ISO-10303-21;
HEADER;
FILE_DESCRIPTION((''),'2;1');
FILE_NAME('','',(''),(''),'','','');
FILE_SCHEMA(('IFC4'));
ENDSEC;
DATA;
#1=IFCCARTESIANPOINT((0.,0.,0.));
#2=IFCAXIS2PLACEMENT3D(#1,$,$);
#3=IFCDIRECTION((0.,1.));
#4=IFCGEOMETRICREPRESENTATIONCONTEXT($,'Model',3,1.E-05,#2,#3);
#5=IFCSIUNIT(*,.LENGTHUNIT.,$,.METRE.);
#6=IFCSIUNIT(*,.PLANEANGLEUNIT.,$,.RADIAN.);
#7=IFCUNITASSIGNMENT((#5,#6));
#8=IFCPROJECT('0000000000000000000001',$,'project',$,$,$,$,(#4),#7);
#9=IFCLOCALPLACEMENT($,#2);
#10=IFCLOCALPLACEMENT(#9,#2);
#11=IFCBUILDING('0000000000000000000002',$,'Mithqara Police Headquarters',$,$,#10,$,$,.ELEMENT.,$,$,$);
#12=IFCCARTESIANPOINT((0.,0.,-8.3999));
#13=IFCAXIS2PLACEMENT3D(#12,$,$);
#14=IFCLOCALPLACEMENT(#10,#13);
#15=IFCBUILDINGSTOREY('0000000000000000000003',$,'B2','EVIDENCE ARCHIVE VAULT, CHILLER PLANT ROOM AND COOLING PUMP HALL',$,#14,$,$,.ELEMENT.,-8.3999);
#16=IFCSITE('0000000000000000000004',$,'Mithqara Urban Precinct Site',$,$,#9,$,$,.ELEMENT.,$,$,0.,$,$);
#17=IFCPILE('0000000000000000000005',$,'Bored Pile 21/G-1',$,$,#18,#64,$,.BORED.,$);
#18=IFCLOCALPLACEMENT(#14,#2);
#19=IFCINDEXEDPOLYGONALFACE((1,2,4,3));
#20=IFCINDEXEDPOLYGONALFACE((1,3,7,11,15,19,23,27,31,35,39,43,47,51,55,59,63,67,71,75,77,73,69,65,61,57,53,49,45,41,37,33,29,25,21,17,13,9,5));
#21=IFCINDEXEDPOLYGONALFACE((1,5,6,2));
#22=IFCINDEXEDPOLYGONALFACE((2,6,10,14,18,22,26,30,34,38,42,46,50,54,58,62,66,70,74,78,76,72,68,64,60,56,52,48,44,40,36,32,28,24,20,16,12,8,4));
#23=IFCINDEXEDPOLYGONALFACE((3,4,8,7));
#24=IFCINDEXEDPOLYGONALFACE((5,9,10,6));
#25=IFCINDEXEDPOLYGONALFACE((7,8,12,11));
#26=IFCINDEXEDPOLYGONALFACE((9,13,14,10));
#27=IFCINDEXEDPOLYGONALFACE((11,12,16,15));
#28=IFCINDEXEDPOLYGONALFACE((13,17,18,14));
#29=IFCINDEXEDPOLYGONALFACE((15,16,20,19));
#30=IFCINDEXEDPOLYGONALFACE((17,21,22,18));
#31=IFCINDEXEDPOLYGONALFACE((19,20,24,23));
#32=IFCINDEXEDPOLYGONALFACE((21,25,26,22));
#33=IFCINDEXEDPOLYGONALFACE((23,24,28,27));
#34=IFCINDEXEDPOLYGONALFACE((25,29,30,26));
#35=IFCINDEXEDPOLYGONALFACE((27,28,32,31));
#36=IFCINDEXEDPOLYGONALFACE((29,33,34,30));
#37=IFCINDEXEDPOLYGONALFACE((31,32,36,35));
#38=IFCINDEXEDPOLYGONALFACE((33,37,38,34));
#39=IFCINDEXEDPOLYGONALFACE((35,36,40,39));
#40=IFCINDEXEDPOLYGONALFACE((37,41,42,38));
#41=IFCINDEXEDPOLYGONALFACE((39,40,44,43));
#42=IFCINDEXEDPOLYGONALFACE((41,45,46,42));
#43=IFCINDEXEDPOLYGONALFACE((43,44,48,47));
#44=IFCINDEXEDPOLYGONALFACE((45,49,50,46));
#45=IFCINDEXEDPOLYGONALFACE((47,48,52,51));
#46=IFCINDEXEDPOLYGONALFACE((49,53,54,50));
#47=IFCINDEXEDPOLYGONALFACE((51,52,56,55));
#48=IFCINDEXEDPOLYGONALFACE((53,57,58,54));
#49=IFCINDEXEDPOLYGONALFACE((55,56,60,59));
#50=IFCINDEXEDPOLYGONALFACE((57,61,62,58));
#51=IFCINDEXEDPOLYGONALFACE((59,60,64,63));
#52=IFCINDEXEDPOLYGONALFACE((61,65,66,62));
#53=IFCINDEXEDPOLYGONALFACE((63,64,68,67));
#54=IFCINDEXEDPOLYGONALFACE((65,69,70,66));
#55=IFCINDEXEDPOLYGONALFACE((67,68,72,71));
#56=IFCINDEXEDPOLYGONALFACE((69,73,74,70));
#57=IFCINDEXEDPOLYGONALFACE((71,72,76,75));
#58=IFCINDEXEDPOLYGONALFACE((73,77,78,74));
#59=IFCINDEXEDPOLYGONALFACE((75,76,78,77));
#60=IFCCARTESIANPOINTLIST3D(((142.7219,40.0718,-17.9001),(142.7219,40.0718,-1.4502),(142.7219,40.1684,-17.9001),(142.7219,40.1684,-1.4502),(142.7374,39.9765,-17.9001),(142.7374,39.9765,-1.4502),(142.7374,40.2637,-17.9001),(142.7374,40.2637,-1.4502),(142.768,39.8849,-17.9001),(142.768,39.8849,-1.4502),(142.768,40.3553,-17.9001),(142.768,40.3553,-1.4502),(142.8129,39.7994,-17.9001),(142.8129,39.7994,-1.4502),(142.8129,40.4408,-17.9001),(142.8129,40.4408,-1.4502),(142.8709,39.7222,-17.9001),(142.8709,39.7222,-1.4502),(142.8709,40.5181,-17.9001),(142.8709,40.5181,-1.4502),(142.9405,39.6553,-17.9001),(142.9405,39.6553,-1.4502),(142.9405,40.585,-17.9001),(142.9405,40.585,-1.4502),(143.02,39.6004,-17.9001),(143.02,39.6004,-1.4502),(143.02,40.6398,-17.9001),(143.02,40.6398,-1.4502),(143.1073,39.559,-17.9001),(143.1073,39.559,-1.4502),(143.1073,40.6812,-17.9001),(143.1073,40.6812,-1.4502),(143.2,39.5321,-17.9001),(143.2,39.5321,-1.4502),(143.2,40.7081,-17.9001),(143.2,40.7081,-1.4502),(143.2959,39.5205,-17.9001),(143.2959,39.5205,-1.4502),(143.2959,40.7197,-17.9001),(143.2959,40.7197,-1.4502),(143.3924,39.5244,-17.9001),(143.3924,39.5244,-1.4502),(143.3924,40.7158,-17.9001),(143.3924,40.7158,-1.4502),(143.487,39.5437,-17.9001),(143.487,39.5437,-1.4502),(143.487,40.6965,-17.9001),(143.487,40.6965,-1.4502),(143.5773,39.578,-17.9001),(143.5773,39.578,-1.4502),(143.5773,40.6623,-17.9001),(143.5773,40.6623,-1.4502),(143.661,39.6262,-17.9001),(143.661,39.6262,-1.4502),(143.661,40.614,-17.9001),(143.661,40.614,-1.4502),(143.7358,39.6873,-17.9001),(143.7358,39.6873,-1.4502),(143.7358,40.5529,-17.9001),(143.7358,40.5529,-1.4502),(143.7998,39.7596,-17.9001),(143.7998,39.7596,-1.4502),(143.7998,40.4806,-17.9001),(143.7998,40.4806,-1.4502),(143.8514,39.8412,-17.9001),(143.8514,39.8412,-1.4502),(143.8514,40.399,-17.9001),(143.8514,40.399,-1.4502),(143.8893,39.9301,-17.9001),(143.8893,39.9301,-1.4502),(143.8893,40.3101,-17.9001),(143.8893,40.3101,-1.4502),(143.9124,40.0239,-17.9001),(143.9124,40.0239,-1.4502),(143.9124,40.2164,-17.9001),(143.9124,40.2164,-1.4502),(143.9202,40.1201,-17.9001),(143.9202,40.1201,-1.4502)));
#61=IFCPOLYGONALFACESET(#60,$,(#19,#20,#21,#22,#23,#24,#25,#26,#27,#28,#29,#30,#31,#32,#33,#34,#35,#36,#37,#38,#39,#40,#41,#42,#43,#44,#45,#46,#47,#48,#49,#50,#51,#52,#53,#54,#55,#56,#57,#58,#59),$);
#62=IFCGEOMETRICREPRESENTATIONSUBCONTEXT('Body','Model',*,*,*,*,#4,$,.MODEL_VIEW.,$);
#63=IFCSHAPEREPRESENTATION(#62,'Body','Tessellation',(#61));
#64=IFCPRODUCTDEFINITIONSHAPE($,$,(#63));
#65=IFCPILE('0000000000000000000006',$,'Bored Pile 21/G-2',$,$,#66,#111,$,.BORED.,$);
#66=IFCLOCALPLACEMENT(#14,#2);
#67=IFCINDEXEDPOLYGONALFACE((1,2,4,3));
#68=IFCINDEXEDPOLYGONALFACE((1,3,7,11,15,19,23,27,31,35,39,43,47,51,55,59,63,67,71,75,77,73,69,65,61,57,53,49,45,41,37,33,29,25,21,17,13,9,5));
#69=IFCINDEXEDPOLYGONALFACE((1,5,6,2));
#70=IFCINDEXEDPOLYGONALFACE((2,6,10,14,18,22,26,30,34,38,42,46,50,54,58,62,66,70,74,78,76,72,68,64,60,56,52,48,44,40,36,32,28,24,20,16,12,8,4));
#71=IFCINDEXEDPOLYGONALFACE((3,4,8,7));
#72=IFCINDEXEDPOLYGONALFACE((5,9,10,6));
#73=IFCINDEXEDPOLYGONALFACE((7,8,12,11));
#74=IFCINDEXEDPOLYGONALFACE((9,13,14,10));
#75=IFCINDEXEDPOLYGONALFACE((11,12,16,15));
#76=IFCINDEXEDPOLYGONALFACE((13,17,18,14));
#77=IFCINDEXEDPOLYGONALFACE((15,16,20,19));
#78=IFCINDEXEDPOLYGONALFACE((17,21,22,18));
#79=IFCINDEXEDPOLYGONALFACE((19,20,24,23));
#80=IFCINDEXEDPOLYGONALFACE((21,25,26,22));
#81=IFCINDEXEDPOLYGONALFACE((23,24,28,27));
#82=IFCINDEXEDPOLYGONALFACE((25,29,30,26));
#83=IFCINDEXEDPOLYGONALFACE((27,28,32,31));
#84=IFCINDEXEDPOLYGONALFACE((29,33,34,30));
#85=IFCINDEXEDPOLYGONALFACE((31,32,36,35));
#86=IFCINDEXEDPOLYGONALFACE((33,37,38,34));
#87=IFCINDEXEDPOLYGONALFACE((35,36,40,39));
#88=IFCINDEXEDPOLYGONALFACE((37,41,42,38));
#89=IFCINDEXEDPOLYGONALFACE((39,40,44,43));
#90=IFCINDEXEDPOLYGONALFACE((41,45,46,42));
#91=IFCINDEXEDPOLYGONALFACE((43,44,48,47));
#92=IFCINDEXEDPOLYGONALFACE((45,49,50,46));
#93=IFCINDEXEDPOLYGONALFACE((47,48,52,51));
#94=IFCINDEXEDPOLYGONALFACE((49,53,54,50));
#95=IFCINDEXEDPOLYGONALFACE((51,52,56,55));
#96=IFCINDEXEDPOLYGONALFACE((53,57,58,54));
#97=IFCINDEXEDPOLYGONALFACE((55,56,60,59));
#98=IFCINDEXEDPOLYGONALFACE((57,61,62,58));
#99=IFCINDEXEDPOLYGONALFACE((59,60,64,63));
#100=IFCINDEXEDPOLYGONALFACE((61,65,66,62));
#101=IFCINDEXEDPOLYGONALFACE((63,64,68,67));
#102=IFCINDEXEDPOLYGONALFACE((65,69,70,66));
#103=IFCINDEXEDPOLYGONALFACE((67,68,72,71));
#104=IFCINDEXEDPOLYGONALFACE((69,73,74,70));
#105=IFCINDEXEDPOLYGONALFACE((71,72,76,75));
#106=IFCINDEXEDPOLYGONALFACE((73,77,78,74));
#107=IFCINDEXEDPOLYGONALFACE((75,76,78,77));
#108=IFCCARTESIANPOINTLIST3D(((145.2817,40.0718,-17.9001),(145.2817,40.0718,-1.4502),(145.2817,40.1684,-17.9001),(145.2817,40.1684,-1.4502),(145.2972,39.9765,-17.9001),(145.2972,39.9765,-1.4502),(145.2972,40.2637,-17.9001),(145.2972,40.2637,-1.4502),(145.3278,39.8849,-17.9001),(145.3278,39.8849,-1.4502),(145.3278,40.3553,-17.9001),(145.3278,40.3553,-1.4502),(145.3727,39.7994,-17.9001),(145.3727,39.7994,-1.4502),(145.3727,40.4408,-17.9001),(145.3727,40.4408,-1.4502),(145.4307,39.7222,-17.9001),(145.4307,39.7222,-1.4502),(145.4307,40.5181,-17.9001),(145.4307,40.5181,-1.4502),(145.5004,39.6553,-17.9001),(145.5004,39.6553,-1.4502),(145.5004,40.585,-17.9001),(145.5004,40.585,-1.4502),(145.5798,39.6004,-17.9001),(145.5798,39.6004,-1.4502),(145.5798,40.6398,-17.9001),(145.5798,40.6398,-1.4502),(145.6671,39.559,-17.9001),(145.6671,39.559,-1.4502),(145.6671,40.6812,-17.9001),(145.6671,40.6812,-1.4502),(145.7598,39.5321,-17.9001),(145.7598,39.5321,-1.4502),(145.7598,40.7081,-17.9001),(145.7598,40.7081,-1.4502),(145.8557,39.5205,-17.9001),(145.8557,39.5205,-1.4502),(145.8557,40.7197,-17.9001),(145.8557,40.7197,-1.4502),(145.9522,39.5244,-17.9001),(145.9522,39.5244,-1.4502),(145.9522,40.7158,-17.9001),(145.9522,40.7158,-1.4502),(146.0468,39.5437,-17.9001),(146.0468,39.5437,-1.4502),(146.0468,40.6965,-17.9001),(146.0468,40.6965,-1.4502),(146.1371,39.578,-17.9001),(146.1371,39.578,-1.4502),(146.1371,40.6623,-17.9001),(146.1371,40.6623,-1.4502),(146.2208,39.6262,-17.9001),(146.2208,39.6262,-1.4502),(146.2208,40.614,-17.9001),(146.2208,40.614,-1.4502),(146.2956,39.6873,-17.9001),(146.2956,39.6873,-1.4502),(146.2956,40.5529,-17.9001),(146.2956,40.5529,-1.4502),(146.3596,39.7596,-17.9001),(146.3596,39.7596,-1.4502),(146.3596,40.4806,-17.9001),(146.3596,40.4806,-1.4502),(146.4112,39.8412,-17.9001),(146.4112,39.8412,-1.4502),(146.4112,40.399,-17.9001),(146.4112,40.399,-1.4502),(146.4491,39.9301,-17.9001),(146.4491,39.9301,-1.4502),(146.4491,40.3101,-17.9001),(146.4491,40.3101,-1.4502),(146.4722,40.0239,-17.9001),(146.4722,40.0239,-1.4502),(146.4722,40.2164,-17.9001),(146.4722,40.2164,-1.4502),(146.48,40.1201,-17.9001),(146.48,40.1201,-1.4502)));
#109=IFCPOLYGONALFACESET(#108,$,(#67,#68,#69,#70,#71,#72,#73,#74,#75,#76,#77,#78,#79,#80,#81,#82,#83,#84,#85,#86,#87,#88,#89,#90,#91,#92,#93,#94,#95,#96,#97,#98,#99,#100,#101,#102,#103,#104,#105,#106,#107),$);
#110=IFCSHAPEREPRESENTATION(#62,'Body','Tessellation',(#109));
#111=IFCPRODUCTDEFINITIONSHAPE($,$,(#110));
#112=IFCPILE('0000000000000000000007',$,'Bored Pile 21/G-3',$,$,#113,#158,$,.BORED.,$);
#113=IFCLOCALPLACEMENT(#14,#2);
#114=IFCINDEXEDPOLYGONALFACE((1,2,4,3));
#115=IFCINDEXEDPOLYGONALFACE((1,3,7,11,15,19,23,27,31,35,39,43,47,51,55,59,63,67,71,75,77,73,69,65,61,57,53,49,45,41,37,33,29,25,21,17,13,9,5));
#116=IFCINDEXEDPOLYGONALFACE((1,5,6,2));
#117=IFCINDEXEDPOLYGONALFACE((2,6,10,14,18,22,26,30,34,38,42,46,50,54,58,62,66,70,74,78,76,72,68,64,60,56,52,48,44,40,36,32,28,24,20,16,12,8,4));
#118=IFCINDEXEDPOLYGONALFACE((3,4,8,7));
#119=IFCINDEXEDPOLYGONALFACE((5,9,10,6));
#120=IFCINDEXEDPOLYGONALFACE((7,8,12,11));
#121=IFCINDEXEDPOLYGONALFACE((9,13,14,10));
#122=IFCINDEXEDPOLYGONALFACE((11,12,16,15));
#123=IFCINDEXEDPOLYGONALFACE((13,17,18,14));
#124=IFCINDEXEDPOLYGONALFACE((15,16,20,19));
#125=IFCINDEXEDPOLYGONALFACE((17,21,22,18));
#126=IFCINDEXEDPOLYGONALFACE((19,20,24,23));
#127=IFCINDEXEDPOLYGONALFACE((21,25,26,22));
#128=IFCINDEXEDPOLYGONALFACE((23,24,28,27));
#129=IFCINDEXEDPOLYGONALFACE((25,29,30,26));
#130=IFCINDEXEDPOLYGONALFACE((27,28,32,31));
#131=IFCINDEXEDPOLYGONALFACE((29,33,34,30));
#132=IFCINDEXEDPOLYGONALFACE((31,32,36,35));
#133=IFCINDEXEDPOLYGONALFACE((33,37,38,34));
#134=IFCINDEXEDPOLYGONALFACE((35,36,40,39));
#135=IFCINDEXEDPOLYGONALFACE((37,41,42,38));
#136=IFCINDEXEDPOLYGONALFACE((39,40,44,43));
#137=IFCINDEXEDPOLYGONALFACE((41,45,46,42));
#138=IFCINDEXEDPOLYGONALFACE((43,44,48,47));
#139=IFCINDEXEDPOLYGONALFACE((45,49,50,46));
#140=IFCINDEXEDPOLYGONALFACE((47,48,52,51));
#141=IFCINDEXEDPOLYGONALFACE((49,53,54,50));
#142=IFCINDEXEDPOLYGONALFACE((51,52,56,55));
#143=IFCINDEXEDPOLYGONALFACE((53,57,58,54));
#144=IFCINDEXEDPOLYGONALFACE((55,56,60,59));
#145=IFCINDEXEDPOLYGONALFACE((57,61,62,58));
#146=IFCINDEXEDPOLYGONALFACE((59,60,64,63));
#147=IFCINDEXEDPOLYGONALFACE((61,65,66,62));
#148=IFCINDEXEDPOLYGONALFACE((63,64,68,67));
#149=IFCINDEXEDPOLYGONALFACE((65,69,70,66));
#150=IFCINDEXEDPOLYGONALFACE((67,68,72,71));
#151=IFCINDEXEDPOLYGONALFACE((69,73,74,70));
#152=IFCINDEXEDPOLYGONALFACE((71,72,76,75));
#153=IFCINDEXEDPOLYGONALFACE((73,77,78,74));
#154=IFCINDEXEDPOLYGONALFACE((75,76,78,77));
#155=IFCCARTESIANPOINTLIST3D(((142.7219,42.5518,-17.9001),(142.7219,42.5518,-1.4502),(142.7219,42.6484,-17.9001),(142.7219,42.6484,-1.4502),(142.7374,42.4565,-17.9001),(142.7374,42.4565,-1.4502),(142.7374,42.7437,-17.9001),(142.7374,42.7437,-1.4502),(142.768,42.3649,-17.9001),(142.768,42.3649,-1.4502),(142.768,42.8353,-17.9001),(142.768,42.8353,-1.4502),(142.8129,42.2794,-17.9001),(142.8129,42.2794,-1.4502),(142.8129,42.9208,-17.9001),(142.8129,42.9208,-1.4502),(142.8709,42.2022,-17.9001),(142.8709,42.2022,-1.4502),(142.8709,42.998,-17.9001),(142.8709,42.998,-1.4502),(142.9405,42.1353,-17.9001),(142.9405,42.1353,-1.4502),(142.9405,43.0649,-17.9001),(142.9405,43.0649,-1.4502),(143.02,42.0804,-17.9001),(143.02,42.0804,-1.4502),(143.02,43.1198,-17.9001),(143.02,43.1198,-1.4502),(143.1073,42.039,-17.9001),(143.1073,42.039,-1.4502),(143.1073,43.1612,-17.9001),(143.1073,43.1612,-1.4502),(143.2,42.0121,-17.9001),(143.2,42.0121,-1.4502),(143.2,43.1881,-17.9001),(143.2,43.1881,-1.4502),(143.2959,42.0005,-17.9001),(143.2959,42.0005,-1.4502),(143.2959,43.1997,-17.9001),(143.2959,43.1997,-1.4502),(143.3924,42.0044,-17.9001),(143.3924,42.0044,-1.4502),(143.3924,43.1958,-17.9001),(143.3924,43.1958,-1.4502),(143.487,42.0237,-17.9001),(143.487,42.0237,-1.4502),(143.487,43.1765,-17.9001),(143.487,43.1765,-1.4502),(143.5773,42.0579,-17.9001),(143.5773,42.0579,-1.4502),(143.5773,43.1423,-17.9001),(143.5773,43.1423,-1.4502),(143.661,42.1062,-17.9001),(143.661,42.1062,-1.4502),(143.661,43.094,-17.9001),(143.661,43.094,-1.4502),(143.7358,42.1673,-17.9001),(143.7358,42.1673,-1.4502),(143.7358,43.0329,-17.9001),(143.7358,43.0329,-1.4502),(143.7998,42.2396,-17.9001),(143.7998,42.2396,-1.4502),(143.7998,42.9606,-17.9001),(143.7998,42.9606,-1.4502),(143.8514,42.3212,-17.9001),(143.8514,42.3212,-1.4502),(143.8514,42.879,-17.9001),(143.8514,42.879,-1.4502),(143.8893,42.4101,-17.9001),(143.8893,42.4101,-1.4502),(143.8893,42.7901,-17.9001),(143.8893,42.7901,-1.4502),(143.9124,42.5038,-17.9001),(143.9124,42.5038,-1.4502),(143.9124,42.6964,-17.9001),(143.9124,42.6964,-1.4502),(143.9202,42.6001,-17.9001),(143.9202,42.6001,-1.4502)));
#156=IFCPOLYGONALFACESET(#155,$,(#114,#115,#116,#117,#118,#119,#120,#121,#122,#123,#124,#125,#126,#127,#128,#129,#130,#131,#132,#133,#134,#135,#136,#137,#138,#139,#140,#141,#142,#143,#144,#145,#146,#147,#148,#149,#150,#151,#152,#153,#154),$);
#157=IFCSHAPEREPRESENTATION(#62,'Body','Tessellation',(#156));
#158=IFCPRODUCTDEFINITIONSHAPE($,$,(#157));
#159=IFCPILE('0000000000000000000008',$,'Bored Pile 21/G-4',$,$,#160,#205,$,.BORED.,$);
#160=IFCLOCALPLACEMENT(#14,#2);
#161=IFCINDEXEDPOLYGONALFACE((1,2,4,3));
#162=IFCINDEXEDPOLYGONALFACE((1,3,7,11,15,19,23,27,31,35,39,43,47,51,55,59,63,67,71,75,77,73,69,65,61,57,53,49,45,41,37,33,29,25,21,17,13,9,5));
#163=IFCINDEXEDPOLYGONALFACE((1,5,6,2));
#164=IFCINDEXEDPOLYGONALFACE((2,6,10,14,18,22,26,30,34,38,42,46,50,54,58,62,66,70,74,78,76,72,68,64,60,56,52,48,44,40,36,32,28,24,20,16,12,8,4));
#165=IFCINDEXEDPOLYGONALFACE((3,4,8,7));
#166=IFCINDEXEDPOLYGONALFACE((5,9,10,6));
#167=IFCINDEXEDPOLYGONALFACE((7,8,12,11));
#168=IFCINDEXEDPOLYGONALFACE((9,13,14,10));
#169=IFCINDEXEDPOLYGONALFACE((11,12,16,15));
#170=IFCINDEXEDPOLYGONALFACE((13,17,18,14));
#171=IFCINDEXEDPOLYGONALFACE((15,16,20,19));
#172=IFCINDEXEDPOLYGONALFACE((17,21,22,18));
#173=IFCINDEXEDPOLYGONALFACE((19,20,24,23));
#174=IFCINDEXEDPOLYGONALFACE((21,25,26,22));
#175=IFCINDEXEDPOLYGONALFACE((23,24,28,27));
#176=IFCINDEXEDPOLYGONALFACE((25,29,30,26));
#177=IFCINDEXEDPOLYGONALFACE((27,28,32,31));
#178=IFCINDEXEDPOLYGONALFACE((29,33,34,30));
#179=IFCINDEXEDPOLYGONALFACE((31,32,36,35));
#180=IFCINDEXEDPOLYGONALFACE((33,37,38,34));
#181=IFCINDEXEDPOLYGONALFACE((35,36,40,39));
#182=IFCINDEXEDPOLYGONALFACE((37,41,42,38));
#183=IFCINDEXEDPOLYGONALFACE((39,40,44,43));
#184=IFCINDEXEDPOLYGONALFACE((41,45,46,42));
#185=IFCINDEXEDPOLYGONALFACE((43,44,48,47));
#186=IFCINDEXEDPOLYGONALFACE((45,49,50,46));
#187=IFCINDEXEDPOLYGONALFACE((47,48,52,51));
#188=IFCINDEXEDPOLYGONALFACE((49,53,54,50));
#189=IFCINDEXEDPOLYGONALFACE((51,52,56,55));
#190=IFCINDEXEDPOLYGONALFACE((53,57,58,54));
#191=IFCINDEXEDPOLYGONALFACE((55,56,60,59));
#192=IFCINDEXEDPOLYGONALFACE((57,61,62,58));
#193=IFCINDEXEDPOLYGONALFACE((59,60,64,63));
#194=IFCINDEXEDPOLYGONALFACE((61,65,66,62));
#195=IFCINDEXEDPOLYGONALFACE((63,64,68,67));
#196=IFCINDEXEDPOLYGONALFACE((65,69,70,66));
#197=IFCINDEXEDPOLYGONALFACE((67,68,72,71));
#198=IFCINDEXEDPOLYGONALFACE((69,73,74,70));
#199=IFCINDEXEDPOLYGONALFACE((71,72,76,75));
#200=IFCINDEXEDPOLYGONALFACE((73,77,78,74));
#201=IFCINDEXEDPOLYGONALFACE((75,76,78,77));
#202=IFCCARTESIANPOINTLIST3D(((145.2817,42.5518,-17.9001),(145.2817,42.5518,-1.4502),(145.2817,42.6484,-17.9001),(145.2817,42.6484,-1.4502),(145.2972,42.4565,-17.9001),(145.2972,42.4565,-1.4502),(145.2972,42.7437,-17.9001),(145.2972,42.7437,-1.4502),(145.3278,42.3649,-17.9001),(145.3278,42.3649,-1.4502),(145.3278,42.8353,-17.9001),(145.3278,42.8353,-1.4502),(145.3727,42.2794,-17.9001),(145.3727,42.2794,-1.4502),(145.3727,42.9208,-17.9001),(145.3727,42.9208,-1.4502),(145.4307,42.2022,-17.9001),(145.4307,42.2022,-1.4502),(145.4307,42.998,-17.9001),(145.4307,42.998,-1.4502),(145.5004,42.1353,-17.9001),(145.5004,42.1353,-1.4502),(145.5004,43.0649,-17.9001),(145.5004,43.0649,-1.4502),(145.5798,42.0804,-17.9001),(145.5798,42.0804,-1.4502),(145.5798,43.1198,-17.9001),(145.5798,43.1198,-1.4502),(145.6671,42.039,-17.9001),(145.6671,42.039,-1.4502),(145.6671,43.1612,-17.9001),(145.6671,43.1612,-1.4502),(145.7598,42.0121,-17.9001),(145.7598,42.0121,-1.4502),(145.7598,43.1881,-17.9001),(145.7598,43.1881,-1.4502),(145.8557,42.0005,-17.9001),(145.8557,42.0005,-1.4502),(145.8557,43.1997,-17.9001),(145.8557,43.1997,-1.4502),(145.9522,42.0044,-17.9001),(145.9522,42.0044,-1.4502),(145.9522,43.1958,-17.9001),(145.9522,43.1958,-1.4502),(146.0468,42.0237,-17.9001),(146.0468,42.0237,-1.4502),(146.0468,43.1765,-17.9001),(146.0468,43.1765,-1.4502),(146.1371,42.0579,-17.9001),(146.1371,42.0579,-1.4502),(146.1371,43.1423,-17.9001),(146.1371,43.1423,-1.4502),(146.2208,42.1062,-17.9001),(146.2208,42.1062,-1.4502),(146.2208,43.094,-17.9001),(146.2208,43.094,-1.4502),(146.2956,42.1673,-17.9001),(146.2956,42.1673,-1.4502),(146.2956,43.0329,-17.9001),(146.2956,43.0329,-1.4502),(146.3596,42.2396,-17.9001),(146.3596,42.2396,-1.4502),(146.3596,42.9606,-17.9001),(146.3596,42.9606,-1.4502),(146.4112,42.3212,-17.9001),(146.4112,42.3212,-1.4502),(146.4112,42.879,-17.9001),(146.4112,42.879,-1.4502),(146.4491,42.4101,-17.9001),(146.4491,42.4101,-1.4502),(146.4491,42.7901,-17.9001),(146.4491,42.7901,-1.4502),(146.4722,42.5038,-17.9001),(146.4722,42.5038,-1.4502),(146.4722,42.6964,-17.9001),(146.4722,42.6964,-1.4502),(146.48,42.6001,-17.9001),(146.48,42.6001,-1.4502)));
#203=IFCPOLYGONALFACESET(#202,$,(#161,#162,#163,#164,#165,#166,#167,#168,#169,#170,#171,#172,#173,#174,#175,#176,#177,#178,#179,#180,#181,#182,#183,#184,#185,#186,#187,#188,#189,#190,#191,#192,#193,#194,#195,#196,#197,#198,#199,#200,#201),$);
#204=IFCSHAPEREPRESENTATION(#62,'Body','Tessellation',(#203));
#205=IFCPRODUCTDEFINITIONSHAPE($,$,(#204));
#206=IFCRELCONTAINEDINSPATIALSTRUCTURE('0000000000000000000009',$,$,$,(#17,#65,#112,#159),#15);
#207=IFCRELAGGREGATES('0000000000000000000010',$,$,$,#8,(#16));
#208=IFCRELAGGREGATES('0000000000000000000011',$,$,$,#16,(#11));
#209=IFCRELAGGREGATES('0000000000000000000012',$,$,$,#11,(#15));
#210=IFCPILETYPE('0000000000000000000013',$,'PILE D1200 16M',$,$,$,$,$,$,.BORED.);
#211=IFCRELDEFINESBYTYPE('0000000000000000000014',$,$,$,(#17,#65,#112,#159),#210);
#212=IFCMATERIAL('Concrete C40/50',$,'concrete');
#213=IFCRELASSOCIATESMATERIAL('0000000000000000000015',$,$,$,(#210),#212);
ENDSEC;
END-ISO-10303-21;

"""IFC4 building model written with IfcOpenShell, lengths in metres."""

from ifc_helpers import new_model, si_unit, direction, frame, origin, origin_2d, place, context, subcontext, project, spatial, circle, extrude, material, material_profile, profile_set, type_object, element, save


model = new_model("IFC4")

# Units and contexts
model_context = context("Model", 3, precision=1e-05, world=origin(), true_north=direction((0.0, 1.0)))
body_context = subcontext(model_context, "Body", "Model", "MODEL_VIEW")
ifc_project = project(units=[si_unit("LENGTHUNIT", "METRE"), si_unit("PLANEANGLEUNIT", "RADIAN")], contexts=[model_context])

# Site, building, storey
site_placement = place(None, origin())
site = spatial("IfcSite", under=ifc_project, at=site_placement, Name="Mithqara Urban Precinct Site", CompositionType="ELEMENT", RefElevation=0.0)
building_placement = place(site_placement, origin())
building = spatial("IfcBuilding", under=site, at=building_placement, Name="Mithqara Police Headquarters", CompositionType="ELEMENT")
storey_placement = place(building_placement, frame((0.0, 0.0, -8.3999)))
storey = spatial("IfcBuildingStorey", under=building, at=storey_placement, Name="B2", Description="EVIDENCE ARCHIVE VAULT, CHILLER PLANT ROOM AND COOLING PUMP HALL", CompositionType="ELEMENT", Elevation=-8.3999)

# Shared definitions
ifc_material_1 = material(Name="Concrete C40/50", Category="concrete")

# Piles
ifc_material_profile_1 = material_profile(ifc_material_1, circle(Radius=0.6001, at=origin_2d()), Name="PILE D1200")
ifc_profile_set_1 = profile_set([ifc_material_profile_1], Name="Concrete C40/50")
pile_type = type_object("IfcPileType", Name="PILE D1200 16M", PredefinedType="BORED", material=ifc_profile_set_1)
for number, where, z_axis, x_axis, name in (
    (1, (143.3201, 40.1201, -1.4502), (0.0, 0.0, -1.0), (1.0, 0.0, 0.0), "Bored Pile 21/G-1"),
    (2, (145.8799, 40.1201, -1.4502), (0.0, 0.0, -1.0), (1.0, 0.0, 0.0), "Bored Pile 21/G-2"),
    (3, (143.3201, 42.6001, -1.4502), (0.0, 0.0, -1.0), (1.0, 0.0, 0.0), "Bored Pile 21/G-3"),
    (4, (145.8799, 42.6001, -1.4502), (0.0, 0.0, -1.0), (1.0, 0.0, 0.0), "Bored Pile 21/G-4"),
):
    element("IfcPile", number, at=place(storey_placement, frame(where, z_axis=z_axis, x_axis=x_axis)), inside=storey, type_object=pile_type, Name=name, PredefinedType="BORED", context=body_context, shape_type="SweptSolid", body=[
        extrude(circle(Radius=0.6001, at=origin_2d()), origin(), (0.0, 0.0, 1.0), 16.45),
    ])

save(model, "model.ifc")
